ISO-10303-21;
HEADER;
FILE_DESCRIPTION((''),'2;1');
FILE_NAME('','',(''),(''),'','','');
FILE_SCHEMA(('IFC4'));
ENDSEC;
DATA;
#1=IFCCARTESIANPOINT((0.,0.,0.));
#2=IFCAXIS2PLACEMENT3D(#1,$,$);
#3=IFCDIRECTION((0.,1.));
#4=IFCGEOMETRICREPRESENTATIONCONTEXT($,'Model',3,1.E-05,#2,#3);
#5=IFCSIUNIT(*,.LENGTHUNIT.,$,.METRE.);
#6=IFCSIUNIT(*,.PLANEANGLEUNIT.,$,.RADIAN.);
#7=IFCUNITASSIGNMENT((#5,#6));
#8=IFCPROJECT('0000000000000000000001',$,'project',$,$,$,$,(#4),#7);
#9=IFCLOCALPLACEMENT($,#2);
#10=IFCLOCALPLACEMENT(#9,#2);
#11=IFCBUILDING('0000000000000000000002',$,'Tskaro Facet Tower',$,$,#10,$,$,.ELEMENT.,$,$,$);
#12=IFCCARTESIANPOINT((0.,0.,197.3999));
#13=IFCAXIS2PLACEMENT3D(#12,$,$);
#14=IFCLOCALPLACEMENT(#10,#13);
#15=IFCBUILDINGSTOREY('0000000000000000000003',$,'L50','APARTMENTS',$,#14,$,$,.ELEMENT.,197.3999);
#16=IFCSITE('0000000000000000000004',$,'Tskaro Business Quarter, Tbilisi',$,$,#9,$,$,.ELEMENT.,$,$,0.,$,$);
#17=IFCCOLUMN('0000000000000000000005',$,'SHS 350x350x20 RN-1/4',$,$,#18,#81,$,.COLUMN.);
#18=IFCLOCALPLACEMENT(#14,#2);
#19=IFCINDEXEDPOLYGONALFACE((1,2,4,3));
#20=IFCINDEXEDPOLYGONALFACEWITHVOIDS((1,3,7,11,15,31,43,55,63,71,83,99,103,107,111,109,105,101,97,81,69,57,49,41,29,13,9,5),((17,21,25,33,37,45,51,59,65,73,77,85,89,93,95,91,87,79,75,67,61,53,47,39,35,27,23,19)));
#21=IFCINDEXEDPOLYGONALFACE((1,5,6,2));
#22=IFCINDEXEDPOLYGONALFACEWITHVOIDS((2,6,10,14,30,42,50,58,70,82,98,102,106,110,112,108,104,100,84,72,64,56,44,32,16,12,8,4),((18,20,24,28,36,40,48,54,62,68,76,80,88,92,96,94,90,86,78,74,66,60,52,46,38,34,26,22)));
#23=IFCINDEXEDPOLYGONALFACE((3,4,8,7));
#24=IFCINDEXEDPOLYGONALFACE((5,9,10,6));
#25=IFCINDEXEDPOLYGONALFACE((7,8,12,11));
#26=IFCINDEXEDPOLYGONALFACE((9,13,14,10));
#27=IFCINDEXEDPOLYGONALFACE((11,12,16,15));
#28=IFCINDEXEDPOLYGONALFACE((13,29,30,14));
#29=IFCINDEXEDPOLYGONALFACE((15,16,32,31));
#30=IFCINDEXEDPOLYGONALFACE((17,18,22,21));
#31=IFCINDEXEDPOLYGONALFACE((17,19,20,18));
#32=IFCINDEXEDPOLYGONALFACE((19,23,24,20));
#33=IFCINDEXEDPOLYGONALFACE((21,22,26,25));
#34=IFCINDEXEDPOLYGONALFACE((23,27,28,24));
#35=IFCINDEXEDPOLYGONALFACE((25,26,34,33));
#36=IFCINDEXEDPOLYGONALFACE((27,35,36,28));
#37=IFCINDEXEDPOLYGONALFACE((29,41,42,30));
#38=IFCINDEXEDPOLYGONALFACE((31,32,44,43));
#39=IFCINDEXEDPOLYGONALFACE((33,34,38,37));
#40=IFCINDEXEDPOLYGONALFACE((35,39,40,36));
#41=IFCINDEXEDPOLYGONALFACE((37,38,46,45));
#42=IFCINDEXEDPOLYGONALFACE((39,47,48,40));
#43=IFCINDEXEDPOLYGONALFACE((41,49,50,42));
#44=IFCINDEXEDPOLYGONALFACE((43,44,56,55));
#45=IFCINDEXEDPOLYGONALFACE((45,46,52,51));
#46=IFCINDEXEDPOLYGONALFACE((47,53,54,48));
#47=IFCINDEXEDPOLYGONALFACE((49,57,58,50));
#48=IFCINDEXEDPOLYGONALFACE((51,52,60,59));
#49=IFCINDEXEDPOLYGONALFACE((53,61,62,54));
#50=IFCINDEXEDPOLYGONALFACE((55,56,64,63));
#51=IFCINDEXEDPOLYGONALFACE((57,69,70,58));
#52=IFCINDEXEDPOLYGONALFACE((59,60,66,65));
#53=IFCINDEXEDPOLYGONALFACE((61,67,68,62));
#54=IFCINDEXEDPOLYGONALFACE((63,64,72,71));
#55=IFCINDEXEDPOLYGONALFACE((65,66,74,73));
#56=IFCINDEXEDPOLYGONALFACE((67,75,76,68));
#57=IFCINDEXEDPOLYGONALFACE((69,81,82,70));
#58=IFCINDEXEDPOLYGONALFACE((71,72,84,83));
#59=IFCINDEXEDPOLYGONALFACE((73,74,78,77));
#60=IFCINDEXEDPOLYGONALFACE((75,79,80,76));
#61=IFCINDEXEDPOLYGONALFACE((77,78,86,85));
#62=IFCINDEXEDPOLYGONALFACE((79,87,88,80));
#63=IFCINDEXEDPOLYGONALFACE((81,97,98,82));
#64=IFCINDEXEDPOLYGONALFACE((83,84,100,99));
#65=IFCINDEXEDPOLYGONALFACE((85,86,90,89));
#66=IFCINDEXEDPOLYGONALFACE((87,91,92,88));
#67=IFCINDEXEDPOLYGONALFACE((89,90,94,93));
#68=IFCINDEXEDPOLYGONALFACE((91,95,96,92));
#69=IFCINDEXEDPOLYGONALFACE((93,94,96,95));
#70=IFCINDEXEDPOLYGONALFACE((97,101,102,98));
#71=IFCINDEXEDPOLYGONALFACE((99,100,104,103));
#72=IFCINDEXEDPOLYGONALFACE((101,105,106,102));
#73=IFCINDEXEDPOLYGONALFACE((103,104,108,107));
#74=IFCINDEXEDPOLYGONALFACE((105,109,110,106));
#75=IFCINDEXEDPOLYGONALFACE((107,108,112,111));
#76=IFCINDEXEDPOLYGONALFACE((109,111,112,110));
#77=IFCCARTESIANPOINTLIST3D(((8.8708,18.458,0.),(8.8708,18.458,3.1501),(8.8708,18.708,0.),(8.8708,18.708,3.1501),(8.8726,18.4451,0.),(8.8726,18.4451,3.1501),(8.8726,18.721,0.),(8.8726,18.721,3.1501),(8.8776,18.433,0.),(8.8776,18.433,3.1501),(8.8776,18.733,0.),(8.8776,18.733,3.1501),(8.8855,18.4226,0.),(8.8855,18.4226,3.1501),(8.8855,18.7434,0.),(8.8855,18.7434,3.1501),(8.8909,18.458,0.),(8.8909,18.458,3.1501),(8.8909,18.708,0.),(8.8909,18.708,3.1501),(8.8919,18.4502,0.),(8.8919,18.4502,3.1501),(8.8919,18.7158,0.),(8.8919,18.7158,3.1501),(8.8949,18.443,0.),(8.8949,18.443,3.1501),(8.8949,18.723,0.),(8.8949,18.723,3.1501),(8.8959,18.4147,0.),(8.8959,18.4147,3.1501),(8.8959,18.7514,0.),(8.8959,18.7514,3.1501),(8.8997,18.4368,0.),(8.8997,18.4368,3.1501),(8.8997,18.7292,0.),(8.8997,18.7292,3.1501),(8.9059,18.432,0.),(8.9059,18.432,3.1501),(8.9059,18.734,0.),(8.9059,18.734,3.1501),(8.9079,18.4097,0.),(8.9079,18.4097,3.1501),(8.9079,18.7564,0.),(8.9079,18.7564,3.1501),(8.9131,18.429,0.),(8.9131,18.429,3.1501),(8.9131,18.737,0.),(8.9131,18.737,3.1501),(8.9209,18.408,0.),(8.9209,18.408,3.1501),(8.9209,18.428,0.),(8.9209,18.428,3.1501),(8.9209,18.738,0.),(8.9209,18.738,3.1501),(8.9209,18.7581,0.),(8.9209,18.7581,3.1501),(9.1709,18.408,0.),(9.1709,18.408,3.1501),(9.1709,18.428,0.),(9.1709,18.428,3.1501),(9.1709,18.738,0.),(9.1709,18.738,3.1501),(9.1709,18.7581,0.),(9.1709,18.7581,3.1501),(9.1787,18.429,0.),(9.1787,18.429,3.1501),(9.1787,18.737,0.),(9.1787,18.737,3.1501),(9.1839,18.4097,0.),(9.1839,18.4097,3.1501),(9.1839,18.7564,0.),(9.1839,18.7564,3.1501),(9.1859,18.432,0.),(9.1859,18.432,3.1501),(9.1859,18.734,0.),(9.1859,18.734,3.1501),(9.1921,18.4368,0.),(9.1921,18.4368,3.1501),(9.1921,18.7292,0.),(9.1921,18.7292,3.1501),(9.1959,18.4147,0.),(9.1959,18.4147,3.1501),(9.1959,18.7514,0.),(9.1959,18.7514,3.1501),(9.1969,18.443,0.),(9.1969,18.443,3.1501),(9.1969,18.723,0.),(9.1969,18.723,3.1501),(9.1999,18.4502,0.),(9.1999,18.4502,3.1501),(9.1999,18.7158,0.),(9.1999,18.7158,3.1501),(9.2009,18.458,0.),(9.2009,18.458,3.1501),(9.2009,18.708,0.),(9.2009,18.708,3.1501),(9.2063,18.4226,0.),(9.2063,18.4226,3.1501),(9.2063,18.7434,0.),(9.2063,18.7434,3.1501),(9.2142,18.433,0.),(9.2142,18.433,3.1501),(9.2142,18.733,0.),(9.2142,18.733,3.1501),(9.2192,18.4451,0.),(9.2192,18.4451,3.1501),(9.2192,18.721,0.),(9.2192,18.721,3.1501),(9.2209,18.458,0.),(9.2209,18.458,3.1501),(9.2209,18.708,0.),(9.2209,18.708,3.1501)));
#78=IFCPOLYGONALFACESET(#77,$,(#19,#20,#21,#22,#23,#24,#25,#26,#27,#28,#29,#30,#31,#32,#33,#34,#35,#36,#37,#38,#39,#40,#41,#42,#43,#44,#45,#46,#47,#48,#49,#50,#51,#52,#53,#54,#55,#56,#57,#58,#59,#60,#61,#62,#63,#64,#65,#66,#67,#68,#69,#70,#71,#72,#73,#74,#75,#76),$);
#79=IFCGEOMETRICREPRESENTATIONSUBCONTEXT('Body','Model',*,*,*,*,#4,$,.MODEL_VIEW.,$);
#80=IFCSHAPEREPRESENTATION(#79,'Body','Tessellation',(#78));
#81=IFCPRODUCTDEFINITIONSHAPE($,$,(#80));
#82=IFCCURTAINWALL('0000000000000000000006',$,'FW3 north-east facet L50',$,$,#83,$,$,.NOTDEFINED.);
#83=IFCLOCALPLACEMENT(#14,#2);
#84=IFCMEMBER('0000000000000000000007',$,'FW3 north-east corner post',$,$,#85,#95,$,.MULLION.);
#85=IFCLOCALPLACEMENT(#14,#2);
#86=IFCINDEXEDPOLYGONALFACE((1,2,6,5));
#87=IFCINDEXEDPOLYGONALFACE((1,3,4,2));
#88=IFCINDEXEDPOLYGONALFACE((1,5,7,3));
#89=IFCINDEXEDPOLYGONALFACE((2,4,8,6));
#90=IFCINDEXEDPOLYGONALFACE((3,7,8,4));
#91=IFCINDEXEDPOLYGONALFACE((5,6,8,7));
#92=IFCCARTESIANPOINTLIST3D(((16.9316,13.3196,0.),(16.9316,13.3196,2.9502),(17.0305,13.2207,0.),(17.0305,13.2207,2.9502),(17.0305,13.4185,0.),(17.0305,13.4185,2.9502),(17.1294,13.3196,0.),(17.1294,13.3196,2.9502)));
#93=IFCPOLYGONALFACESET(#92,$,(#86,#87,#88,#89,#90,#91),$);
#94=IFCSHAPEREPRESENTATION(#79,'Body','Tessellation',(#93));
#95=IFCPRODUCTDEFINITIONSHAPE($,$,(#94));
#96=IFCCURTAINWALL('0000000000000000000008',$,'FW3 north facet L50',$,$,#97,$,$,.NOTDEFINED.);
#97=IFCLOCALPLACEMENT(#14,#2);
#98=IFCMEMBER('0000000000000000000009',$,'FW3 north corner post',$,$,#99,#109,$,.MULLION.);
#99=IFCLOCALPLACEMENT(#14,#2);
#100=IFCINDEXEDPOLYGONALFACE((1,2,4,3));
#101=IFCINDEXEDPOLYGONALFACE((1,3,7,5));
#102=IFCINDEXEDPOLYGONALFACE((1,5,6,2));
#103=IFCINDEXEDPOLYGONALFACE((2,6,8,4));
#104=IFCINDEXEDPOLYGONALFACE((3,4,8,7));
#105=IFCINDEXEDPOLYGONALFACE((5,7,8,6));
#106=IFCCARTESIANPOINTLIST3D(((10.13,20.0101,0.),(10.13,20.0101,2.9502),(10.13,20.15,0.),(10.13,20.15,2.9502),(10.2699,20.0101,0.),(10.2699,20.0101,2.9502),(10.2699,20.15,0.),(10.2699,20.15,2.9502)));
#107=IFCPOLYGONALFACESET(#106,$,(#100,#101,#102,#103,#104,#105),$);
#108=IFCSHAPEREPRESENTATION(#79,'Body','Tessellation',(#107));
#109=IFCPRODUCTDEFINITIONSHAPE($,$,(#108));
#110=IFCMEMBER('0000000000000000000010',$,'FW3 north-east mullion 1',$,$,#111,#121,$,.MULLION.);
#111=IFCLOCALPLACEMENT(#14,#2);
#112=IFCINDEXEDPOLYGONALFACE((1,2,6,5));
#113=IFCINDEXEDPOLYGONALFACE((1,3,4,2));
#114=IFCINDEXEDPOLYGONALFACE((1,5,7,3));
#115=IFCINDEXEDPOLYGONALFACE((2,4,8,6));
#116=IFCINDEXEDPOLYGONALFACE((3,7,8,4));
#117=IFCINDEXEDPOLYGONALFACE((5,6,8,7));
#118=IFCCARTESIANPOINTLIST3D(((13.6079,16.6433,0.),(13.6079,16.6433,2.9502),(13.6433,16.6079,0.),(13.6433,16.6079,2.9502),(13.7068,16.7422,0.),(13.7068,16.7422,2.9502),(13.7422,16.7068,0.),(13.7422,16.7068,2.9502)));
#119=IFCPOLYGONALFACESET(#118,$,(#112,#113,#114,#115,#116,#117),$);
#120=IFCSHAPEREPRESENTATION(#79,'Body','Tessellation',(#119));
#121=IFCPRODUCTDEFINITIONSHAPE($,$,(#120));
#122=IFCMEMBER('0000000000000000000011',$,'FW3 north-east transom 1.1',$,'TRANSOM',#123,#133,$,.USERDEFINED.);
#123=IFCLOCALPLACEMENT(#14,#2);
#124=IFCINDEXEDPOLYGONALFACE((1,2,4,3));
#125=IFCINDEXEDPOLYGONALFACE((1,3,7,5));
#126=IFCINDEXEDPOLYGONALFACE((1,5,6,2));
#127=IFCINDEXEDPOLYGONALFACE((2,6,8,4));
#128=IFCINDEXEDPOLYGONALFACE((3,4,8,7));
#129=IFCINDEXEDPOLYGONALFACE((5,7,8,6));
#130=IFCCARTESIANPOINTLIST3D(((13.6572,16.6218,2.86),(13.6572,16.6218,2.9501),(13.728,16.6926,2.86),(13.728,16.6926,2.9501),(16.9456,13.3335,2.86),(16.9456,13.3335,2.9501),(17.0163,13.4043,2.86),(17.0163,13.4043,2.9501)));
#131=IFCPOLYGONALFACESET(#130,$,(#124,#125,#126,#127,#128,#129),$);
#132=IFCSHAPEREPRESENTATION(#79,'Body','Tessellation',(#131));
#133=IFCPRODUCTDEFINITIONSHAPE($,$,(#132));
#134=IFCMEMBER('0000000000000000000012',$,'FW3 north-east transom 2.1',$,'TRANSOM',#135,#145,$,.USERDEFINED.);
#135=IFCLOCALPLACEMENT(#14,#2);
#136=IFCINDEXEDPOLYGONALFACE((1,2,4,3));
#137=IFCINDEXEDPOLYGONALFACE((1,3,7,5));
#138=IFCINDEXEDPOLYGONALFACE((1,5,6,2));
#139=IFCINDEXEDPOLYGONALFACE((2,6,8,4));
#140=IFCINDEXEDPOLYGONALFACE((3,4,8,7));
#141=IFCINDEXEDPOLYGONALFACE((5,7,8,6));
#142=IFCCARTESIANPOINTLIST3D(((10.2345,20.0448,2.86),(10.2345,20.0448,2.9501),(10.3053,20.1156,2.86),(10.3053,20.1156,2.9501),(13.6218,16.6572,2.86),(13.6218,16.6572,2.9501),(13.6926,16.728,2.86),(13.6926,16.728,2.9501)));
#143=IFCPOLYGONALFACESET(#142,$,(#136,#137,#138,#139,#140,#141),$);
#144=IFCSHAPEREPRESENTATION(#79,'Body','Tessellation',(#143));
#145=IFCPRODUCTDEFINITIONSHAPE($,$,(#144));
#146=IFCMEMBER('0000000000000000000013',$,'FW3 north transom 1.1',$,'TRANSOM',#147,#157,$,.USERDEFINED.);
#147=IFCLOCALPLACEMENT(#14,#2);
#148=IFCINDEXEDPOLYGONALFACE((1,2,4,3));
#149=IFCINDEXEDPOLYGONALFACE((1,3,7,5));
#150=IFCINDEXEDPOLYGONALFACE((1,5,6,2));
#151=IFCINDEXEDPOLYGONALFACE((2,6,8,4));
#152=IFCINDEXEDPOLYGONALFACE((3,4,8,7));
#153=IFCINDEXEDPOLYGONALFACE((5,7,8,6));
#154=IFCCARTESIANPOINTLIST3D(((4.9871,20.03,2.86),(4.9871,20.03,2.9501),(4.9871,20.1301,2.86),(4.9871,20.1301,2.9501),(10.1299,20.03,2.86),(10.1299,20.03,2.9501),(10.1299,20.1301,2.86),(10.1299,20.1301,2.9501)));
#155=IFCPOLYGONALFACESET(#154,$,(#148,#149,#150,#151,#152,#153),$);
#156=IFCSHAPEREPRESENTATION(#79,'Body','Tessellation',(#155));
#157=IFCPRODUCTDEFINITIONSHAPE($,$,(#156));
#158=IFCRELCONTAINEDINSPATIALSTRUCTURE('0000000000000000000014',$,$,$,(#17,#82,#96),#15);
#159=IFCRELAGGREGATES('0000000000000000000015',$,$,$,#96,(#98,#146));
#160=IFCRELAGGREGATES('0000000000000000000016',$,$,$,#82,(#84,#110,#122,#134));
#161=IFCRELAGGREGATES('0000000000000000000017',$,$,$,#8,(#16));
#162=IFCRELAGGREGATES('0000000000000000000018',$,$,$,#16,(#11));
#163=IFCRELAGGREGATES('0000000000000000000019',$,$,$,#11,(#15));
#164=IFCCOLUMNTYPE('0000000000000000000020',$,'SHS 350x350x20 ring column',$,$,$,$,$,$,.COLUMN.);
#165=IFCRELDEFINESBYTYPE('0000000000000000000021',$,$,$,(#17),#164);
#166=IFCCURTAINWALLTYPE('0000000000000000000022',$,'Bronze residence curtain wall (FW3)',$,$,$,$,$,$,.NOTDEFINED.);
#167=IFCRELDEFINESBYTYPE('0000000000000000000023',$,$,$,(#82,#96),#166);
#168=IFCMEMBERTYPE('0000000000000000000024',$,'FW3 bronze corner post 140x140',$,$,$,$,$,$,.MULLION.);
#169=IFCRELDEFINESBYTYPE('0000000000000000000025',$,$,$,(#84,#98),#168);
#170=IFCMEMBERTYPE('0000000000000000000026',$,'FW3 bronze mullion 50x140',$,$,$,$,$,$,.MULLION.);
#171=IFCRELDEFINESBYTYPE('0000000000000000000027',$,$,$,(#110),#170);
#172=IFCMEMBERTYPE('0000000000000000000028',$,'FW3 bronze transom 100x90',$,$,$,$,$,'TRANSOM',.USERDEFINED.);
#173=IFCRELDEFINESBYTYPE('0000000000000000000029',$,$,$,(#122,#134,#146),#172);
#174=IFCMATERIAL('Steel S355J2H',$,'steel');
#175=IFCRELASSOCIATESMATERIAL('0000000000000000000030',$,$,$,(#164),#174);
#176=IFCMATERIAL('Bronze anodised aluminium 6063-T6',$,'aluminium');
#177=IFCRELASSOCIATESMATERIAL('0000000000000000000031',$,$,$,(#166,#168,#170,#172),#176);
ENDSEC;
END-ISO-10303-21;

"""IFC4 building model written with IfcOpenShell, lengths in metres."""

from ifc_helpers import new_model, si_unit, direction, frame, origin, origin_2d, place, context, subcontext, project, spatial, rectangle, hollow_rectangle, extrude, material, material_profile, profile_set, type_object, element, aggregate, save


model = new_model("IFC4")

# Units and contexts
model_context = context("Model", 3, precision=1e-05, world=origin(), true_north=direction((0.0, 1.0)))
body_context = subcontext(model_context, "Body", "Model", "MODEL_VIEW")
ifc_project = project(units=[si_unit("LENGTHUNIT", "METRE"), si_unit("PLANEANGLEUNIT", "RADIAN")], contexts=[model_context])

# Site, building, storey
site_placement = place(None, origin())
site = spatial("IfcSite", under=ifc_project, at=site_placement, Name="Tskaro Business Quarter, Tbilisi", CompositionType="ELEMENT", RefElevation=0.0)
building_placement = place(site_placement, origin())
building = spatial("IfcBuilding", under=site, at=building_placement, Name="Tskaro Facet Tower", CompositionType="ELEMENT")
storey_placement = place(building_placement, frame((0.0, 0.0, 197.3999)))
storey = spatial("IfcBuildingStorey", under=building, at=storey_placement, Name="L50", Description="APARTMENTS", CompositionType="ELEMENT", Elevation=197.3999)

# Column
ifc_material_1 = material(Name="Steel S355J2H", Category="steel")
ifc_material_profile_1 = material_profile(ifc_material_1, hollow_rectangle(XDim=0.3501, YDim=0.3501, WallThickness=0.02, InnerFilletRadius=0.03, OuterFilletRadius=0.05, at=origin_2d()), Name="SHS 350x350x20")
ifc_profile_set_1 = profile_set([ifc_material_profile_1], Name="Steel S355J2H")
column_type_1 = type_object("IfcColumnType", Name="SHS 350x350x20 ring column", PredefinedType="COLUMN", material=ifc_profile_set_1)
for number, where, z_axis, x_axis, name in (
    (1, (9.0459, 18.583, 0.0), (0.0, 0.0, 1.0), (1.0, 0.0, 0.0), "SHS 350x350x20 RN-1/4"),
):
    element("IfcColumn", number, at=place(storey_placement, frame(where, z_axis=z_axis, x_axis=x_axis)), inside=storey, type_object=column_type_1, Name=name, PredefinedType="COLUMN", context=body_context, shape_type="SweptSolid", body=[
        extrude(hollow_rectangle(XDim=0.3501, YDim=0.3501, WallThickness=0.02, InnerFilletRadius=0.03, OuterFilletRadius=0.05, at=origin_2d()), origin(), (0.0, 0.0, 1.0), 3.1501),
    ])

# Curtain walls, members
ifc_material_2 = material(Name="Bronze anodised aluminium 6063-T6", Category="aluminium")
curtain_wall_type = type_object("IfcCurtainWallType", Name="Bronze residence curtain wall (FW3)", PredefinedType="NOTDEFINED", material=ifc_material_2)
curtain_wall_1_placement = place(storey_placement, origin())
curtain_wall_1 = element("IfcCurtainWall", 2, at=curtain_wall_1_placement, inside=storey, type_object=curtain_wall_type, Name="FW3 north-east facet L50", PredefinedType="NOTDEFINED")
ifc_material_profile_2 = material_profile(ifc_material_2, rectangle(XDim=0.1399, YDim=0.1399, at=origin_2d()), Name="Corner post 140x140")
ifc_profile_set_2 = profile_set([ifc_material_profile_2], Name="Bronze anodised aluminium 6063-T6")
member_type_1 = type_object("IfcMemberType", Name="FW3 bronze corner post 140x140", PredefinedType="MULLION", material=ifc_profile_set_2)
member_1_placement = place(storey_placement, frame((17.0305, 13.3196, 0.0), z_axis=(0.0, 0.0, 1.0), x_axis=(-0.707107, 0.707107, 0.0)))
member_1 = element("IfcMember", 3, at=member_1_placement, type_object=member_type_1, Name="FW3 north-east corner post", PredefinedType="MULLION", context=body_context, shape_type="SweptSolid", body=[
    extrude(rectangle(XDim=0.1399, YDim=0.1399, at=origin_2d()), origin(), (0.0, 0.0, 1.0), 2.9502),
])
curtain_wall_2_placement = place(storey_placement, origin())
curtain_wall_2 = element("IfcCurtainWall", 4, at=curtain_wall_2_placement, inside=storey, type_object=curtain_wall_type, Name="FW3 north facet L50", PredefinedType="NOTDEFINED")
member_2_placement = place(storey_placement, frame((10.2, 20.0801, 0.0), z_axis=(0.0, 0.0, 1.0), x_axis=(-1.0, 0.0, 0.0)))
member_2 = element("IfcMember", 5, at=member_2_placement, type_object=member_type_1, Name="FW3 north corner post", PredefinedType="MULLION", context=body_context, shape_type="SweptSolid", body=[
    extrude(rectangle(XDim=0.1399, YDim=0.1399, at=origin_2d()), origin(), (0.0, 0.0, 1.0), 2.9502),
])

# Members
ifc_material_profile_3 = material_profile(ifc_material_2, rectangle(XDim=0.05, YDim=0.1399, at=origin_2d()), Name="Mullion 50x140")
ifc_profile_set_3 = profile_set([ifc_material_profile_3], Name="Bronze anodised aluminium 6063-T6")
member_type_2 = type_object("IfcMemberType", Name="FW3 bronze mullion 50x140", PredefinedType="MULLION", material=ifc_profile_set_3)
member_3_placement = place(storey_placement, frame((13.675, 16.675, 0.0), z_axis=(0.0, 0.0, 1.0), x_axis=(-0.707107, 0.707107, 0.0)))
member_3 = element("IfcMember", 6, at=member_3_placement, type_object=member_type_2, Name="FW3 north-east mullion 1", PredefinedType="MULLION", context=body_context, shape_type="SweptSolid", body=[
    extrude(rectangle(XDim=0.05, YDim=0.1399, at=origin_2d()), origin(), (0.0, 0.0, 1.0), 2.9502),
])
ifc_material_profile_4 = material_profile(ifc_material_2, rectangle(XDim=0.1001, YDim=0.0901, at=origin_2d()), Name="Transom 100x90")
ifc_profile_set_4 = profile_set([ifc_material_profile_4], Name="Bronze anodised aluminium 6063-T6")
member_type_3 = type_object("IfcMemberType", Name="FW3 bronze transom 100x90", ElementType="TRANSOM", PredefinedType="USERDEFINED", material=ifc_profile_set_4)
member_4_placement = place(storey_placement, frame((16.981, 13.3689, 2.905), z_axis=(-0.707107, 0.707107, 0.0), x_axis=(-0.707107, -0.707107, 0.0)))
member_4 = element("IfcMember", 7, at=member_4_placement, type_object=member_type_3, Name="FW3 north-east transom 1.1", ObjectType="TRANSOM", PredefinedType="USERDEFINED", context=body_context, shape_type="SweptSolid", body=[
    extrude(rectangle(XDim=0.1001, YDim=0.0901, at=origin_2d()), origin(), (0.0, 0.0, 1.0), 4.6504),
])
member_5_placement = place(storey_placement, frame((13.6572, 16.6926, 2.905), z_axis=(-0.707081, 0.707132, 0.0), x_axis=(-0.707132, -0.707081, 0.0)))
member_5 = element("IfcMember", 8, at=member_5_placement, type_object=member_type_3, Name="FW3 north-east transom 2.1", ObjectType="TRANSOM", PredefinedType="USERDEFINED", context=body_context, shape_type="SweptSolid", body=[
    extrude(rectangle(XDim=0.1001, YDim=0.0901, at=origin_2d()), origin(), (0.0, 0.0, 1.0), 4.7905),
])
member_6_placement = place(storey_placement, frame((10.1299, 20.0801, 2.905), z_axis=(-1.0, 0.0, 0.0), x_axis=(0.0, -1.0, 0.0)))
member_6 = element("IfcMember", 9, at=member_6_placement, type_object=member_type_3, Name="FW3 north transom 1.1", ObjectType="TRANSOM", PredefinedType="USERDEFINED", context=body_context, shape_type="SweptSolid", body=[
    extrude(rectangle(XDim=0.1001, YDim=0.0901, at=origin_2d()), origin(), (0.0, 0.0, 1.0), 5.1428),
])
aggregate(curtain_wall_2, [member_2, member_6])

aggregate(curtain_wall_1, [member_1, member_3, member_4, member_5])

save(model, "model.ifc")
